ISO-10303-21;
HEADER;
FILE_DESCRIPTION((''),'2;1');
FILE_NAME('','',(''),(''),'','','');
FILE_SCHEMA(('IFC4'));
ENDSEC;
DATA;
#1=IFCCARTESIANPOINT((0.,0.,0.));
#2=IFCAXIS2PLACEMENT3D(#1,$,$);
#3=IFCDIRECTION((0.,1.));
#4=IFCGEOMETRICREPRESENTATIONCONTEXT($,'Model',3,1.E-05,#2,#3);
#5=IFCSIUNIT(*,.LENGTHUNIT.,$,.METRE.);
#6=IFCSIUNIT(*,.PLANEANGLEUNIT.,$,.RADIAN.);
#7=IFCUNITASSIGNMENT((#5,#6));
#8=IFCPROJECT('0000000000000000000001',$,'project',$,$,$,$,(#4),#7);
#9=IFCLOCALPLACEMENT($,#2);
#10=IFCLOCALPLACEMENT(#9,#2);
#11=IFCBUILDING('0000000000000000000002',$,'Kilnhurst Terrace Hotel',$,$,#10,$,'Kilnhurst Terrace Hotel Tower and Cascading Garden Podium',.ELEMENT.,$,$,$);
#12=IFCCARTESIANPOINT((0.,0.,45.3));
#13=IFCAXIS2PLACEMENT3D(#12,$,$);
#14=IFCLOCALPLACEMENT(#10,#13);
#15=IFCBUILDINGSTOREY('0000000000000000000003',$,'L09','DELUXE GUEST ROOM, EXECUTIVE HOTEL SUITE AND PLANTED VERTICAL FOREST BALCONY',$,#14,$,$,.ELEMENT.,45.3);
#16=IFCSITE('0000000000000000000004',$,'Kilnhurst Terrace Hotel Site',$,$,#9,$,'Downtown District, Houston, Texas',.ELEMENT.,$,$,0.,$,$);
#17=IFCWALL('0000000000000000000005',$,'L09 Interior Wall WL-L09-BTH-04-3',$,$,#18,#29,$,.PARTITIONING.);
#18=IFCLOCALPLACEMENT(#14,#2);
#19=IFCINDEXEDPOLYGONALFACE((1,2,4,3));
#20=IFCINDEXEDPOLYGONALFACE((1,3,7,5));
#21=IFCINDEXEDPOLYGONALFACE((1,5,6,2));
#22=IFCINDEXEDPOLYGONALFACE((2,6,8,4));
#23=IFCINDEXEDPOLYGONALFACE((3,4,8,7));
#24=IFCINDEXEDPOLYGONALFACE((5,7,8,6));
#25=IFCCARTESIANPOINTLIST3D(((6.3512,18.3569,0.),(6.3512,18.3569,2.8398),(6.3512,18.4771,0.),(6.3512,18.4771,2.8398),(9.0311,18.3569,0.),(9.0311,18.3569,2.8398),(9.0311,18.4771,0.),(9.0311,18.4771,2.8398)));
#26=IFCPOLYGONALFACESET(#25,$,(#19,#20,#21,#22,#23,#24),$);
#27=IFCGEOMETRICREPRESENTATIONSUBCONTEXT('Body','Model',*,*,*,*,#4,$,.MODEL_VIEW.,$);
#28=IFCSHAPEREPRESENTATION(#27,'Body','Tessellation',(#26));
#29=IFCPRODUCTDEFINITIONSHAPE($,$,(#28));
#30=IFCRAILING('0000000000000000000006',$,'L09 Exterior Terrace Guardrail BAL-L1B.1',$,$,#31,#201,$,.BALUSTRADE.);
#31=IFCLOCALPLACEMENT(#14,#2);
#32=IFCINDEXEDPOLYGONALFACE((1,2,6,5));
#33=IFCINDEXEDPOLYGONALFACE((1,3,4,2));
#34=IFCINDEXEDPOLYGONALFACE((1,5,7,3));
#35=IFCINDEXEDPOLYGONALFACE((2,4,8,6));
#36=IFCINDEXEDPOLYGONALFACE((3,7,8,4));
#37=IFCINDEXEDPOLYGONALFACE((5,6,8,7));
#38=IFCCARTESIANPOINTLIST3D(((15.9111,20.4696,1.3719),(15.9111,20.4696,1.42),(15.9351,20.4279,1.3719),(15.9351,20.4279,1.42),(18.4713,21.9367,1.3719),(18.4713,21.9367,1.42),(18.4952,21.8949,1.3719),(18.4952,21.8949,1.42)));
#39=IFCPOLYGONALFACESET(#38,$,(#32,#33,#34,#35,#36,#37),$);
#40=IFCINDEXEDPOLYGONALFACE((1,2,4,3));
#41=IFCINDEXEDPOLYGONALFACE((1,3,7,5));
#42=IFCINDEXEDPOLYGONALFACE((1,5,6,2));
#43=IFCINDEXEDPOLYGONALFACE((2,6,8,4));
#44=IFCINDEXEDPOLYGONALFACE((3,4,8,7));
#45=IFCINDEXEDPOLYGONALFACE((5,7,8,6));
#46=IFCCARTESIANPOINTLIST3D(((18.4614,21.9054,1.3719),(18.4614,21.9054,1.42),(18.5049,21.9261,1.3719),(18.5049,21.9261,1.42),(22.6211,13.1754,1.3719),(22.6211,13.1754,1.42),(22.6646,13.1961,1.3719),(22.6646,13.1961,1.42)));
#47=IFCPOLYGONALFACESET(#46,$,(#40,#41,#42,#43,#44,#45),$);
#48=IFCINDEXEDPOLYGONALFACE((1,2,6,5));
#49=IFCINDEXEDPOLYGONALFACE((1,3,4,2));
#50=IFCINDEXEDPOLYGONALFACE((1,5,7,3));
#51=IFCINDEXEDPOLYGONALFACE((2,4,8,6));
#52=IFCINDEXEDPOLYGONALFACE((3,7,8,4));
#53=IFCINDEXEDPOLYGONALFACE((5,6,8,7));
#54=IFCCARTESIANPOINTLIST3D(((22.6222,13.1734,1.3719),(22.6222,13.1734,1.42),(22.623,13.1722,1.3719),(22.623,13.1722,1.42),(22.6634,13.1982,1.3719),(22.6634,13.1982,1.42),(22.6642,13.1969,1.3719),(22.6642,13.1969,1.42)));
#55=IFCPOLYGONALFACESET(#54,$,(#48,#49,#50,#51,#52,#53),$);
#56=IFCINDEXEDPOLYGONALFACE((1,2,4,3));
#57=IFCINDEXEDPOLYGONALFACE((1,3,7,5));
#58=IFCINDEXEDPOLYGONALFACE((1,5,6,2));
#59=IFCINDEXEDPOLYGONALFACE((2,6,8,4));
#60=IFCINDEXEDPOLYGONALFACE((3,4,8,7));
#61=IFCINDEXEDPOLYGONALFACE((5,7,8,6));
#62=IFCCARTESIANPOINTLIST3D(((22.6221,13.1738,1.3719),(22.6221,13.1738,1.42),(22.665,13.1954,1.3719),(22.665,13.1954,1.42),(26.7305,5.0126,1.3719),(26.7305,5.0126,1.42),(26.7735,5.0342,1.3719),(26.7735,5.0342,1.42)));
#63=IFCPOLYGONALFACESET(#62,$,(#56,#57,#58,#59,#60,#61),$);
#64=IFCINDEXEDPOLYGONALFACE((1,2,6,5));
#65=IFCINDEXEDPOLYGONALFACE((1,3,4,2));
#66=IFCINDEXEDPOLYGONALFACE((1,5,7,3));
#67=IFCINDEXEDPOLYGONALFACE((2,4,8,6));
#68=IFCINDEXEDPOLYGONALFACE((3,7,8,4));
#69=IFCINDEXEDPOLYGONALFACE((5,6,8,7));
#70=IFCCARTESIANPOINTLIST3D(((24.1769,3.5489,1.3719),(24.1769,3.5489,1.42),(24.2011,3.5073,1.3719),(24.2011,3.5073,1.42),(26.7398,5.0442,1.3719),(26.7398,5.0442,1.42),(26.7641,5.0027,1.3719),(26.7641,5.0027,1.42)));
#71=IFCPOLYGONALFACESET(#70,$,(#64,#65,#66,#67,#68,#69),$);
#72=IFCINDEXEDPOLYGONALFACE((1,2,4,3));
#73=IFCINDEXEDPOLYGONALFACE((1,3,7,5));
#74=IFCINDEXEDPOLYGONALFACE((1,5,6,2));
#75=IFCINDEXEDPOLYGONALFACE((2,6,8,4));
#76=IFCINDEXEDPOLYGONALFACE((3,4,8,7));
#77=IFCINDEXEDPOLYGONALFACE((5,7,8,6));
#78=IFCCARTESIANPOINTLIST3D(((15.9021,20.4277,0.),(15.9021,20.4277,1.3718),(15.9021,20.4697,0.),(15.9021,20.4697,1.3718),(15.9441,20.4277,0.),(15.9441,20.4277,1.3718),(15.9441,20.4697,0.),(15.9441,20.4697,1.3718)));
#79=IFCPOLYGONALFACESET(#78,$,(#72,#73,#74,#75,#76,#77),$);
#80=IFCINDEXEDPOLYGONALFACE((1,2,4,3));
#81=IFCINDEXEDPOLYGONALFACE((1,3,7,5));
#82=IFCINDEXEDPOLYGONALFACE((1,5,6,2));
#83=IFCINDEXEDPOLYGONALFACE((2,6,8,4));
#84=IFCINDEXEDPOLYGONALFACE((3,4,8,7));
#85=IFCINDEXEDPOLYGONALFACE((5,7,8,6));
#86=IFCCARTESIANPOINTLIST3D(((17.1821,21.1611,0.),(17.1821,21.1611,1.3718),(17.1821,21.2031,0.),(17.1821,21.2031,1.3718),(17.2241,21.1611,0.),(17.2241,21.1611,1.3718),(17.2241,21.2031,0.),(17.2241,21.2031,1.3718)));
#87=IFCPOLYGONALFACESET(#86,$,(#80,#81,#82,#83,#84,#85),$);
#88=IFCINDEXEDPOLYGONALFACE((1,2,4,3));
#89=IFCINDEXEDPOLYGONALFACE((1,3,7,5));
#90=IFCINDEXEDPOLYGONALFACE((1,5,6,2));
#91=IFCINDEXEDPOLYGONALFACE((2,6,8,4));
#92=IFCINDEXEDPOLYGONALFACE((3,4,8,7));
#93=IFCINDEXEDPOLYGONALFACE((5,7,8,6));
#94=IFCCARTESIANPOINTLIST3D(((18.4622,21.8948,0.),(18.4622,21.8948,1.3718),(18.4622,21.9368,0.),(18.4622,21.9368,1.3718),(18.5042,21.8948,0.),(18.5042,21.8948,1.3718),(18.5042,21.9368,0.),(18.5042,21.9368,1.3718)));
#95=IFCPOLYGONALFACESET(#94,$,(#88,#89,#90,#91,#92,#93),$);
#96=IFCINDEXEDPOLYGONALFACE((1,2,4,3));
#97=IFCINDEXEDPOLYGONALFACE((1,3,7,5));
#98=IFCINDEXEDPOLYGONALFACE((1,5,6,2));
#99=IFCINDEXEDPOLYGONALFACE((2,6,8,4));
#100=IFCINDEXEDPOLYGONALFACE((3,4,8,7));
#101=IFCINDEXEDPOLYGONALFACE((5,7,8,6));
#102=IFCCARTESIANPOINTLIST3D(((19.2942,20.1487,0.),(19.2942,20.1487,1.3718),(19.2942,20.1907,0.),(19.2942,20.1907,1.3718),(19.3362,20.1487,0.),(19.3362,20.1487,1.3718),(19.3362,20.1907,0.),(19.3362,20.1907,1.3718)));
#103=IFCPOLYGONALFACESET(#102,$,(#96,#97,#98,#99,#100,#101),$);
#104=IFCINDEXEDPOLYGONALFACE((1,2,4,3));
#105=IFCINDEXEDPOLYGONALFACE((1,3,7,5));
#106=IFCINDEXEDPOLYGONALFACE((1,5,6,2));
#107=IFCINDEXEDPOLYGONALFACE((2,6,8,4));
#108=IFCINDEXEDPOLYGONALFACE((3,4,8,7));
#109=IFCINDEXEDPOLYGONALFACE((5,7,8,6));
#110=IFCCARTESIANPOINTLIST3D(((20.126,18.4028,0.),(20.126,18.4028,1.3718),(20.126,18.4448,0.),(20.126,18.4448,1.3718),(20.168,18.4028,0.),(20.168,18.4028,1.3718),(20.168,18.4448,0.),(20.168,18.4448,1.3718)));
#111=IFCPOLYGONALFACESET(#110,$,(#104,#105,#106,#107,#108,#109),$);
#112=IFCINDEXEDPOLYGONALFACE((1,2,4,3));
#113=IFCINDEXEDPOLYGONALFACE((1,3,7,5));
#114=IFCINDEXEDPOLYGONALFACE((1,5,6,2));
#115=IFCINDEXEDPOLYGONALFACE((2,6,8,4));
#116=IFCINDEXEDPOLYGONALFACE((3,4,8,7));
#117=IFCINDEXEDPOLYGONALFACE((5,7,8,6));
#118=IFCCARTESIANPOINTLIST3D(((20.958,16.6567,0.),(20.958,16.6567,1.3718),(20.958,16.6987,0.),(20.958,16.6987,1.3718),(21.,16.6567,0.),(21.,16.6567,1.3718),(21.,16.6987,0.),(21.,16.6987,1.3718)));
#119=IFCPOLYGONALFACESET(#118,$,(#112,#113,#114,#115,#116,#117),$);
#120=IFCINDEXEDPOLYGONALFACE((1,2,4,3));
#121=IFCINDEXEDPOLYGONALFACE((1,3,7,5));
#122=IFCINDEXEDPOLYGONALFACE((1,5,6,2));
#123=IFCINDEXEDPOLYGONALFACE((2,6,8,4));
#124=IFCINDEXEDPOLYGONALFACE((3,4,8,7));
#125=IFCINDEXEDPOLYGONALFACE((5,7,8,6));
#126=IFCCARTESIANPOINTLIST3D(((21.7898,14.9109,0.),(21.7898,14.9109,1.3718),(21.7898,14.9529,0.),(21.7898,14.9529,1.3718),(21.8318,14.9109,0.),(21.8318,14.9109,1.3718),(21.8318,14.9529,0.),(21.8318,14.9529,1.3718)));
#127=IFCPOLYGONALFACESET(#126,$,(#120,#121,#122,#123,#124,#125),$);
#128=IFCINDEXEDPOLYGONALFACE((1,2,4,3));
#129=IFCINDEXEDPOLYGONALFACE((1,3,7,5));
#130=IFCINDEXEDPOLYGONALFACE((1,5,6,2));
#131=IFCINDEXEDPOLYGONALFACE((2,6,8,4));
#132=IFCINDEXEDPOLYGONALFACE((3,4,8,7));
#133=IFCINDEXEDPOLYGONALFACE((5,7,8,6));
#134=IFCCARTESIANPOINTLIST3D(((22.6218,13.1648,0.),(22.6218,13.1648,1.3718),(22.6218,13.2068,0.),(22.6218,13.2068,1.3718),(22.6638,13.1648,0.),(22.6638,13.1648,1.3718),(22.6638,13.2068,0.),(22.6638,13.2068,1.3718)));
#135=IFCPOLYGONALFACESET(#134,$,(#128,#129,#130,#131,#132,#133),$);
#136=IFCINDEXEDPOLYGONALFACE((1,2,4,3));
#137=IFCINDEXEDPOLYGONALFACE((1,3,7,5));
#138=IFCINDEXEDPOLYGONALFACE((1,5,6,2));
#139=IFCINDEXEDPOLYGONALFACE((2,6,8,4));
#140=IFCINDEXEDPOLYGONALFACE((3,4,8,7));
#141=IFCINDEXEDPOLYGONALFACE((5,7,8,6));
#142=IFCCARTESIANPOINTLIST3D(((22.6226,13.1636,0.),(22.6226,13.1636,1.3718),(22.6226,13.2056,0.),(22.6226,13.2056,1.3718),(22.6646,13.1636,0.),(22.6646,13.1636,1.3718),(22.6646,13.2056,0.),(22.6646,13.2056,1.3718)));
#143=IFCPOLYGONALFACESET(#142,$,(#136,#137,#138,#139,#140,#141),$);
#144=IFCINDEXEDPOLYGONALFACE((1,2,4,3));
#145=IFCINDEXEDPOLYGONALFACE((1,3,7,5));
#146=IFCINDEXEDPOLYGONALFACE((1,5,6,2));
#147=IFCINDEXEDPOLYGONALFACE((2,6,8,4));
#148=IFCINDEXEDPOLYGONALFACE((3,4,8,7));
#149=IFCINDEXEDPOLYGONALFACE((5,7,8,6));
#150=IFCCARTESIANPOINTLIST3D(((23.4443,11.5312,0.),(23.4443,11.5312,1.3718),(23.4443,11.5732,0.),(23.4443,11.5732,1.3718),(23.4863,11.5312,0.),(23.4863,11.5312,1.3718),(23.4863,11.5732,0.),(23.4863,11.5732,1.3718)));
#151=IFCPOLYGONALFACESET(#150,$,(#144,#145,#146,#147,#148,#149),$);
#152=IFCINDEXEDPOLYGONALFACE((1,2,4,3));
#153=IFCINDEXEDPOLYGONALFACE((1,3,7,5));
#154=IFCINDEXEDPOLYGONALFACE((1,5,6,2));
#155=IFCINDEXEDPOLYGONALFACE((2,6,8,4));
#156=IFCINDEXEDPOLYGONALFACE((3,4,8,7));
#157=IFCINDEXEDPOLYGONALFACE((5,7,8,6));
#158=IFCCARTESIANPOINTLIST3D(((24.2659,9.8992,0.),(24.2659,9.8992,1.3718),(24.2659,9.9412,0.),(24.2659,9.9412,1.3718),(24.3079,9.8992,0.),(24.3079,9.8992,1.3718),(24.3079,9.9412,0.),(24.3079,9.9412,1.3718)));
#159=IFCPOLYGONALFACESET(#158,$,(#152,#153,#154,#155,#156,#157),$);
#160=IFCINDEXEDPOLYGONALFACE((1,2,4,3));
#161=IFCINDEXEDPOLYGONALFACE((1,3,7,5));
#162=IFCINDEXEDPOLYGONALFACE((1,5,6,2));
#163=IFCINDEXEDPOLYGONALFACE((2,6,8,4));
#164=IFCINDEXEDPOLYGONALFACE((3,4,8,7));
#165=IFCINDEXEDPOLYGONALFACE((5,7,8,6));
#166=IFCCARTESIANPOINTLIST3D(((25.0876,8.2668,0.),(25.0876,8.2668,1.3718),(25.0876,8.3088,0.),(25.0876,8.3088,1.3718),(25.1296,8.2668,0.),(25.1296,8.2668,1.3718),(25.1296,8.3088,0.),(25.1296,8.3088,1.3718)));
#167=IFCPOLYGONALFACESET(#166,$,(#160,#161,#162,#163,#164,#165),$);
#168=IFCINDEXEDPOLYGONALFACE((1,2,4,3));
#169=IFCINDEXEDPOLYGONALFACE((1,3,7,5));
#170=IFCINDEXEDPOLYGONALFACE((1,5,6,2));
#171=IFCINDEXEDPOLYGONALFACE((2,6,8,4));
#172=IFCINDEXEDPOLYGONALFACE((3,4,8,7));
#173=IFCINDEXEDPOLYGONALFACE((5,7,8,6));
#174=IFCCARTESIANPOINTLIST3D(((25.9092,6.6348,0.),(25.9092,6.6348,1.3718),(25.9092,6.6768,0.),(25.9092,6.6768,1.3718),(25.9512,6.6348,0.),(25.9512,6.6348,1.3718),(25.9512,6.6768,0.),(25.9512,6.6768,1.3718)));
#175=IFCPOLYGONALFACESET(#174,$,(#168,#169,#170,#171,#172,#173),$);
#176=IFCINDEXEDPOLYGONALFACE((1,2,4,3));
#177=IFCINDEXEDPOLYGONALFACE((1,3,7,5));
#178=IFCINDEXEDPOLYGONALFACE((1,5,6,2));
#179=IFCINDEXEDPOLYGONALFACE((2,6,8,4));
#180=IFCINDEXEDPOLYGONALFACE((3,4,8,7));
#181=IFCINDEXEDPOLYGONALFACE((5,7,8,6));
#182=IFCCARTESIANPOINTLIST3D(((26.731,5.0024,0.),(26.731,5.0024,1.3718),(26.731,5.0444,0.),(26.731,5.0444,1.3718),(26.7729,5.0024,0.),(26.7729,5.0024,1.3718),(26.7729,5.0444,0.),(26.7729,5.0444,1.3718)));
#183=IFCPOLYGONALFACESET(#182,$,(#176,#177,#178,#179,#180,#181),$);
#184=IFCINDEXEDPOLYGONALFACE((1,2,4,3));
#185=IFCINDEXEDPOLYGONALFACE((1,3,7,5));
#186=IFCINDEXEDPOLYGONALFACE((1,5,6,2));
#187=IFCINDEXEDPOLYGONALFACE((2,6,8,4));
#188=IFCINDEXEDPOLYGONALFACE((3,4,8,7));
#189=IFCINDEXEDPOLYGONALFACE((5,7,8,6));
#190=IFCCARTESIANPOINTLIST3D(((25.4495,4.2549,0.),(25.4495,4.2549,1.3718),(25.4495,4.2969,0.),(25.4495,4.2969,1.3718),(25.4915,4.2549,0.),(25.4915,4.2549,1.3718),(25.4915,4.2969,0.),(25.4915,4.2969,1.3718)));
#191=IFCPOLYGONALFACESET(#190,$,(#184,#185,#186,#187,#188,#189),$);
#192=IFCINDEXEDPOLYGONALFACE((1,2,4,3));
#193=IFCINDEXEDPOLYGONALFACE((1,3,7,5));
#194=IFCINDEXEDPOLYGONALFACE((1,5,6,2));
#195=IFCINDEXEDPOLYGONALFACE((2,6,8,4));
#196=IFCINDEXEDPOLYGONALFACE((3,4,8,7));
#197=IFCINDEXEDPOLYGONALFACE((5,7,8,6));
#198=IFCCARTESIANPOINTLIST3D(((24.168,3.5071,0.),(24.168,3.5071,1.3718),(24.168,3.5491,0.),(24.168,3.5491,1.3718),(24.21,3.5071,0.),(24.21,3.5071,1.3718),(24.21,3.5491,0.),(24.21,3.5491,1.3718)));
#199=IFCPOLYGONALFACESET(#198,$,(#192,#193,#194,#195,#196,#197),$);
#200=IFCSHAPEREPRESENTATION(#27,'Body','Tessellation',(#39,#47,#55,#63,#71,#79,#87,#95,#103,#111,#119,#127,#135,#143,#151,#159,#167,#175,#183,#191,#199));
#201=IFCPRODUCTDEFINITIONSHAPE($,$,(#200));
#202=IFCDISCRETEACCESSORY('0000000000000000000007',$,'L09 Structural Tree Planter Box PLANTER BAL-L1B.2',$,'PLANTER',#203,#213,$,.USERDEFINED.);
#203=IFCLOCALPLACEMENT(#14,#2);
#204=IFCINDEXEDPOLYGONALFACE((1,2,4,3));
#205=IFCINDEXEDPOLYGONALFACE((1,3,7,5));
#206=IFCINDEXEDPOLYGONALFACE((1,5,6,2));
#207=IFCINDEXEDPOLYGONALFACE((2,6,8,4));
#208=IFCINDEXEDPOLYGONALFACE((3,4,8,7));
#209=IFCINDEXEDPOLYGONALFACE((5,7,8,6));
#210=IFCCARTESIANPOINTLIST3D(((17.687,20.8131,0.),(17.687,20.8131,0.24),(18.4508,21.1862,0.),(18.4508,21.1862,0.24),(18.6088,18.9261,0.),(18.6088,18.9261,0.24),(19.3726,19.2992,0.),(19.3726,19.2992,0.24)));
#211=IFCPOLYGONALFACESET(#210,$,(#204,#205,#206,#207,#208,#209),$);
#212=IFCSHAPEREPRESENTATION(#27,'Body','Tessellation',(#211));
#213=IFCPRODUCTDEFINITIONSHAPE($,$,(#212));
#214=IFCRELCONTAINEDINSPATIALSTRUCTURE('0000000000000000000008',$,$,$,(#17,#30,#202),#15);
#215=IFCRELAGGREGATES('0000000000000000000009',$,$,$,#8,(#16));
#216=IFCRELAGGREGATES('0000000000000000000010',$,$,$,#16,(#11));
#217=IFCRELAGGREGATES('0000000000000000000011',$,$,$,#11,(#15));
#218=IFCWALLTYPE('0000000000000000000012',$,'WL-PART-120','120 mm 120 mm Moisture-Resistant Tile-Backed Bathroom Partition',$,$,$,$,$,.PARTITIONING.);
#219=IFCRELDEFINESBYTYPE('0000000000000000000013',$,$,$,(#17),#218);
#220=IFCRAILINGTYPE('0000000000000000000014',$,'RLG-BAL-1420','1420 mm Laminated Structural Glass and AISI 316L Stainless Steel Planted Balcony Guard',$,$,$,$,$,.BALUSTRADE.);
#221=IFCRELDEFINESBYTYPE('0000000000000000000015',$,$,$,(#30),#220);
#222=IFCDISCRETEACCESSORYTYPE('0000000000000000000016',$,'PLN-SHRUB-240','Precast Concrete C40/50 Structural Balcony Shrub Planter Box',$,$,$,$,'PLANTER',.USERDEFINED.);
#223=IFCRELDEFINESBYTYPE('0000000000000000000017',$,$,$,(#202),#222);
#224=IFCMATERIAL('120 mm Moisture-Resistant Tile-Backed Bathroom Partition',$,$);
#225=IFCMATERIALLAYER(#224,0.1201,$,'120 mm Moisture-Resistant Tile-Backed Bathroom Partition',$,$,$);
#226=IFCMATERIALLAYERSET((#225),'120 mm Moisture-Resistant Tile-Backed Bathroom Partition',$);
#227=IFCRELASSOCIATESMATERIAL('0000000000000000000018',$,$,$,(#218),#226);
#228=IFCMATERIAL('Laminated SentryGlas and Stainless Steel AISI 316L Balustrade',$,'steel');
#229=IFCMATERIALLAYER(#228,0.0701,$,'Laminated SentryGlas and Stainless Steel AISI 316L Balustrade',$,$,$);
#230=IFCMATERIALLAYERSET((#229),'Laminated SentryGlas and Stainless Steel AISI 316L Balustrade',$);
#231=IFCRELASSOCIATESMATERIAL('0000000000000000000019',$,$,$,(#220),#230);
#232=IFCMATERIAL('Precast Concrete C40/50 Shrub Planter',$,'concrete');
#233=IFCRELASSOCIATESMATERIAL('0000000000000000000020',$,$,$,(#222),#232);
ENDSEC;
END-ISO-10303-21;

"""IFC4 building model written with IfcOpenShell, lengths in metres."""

from ifc_helpers import new_model, si_unit, direction, frame, frame_2d, origin, origin_2d, place, context, subcontext, project, spatial, rectangle, extrude, material, layer, layer_set, type_object, element, save


model = new_model("IFC4")

# Units and contexts
model_context = context("Model", 3, precision=1e-05, world=origin(), true_north=direction((0.0, 1.0)))
body_context = subcontext(model_context, "Body", "Model", "MODEL_VIEW")
ifc_project = project(units=[si_unit("LENGTHUNIT", "METRE"), si_unit("PLANEANGLEUNIT", "RADIAN")], contexts=[model_context])

# Site, building, storey
site_placement = place(None, origin())
site = spatial("IfcSite", under=ifc_project, at=site_placement, Name="Kilnhurst Terrace Hotel Site", LongName="Downtown District, Houston, Texas", CompositionType="ELEMENT", RefElevation=0.0)
building_placement = place(site_placement, origin())
building = spatial("IfcBuilding", under=site, at=building_placement, Name="Kilnhurst Terrace Hotel", LongName="Kilnhurst Terrace Hotel Tower and Cascading Garden Podium", CompositionType="ELEMENT")
storey_placement = place(building_placement, frame((0.0, 0.0, 45.3)))
storey = spatial("IfcBuildingStorey", under=building, at=storey_placement, Name="L09", Description="DELUXE GUEST ROOM, EXECUTIVE HOTEL SUITE AND PLANTED VERTICAL FOREST BALCONY", CompositionType="ELEMENT", Elevation=45.3)

# Wall
ifc_material_1 = material(Name="120 mm Moisture-Resistant Tile-Backed Bathroom Partition")
ifc_layer_1 = layer(ifc_material_1, 0.1201, Name="120 mm Moisture-Resistant Tile-Backed Bathroom Partition")
ifc_layer_set_1 = layer_set([ifc_layer_1], Name="120 mm Moisture-Resistant Tile-Backed Bathroom Partition")
wall_type_1 = type_object("IfcWallType", Name="WL-PART-120", Description="120 mm 120 mm Moisture-Resistant Tile-Backed Bathroom Partition", PredefinedType="PARTITIONING", material=ifc_layer_set_1)
wall_1_placement = place(storey_placement, frame((9.031, 18.417, 0.0), z_axis=(0.0, 0.0, 1.0), x_axis=(-1.0, 0.0, 0.0)))
element("IfcWall", 1, at=wall_1_placement, inside=storey, type_object=wall_type_1, Name="L09 Interior Wall WL-L09-BTH-04-3", PredefinedType="PARTITIONING", context=body_context, shape_type="SweptSolid", body=[
    extrude(rectangle(XDim=2.6799, YDim=0.1201, at=frame_2d((1.3398, 0.0))), origin(), (0.0, 0.0, 1.0), 2.8398),
])

# Railing
ifc_material_2 = material(Name="Laminated SentryGlas and Stainless Steel AISI 316L Balustrade", Category="steel")
ifc_layer_2 = layer(ifc_material_2, 0.0701, Name="Laminated SentryGlas and Stainless Steel AISI 316L Balustrade")
ifc_layer_set_2 = layer_set([ifc_layer_2], Name="Laminated SentryGlas and Stainless Steel AISI 316L Balustrade")
railing_type = type_object("IfcRailingType", Name="RLG-BAL-1420", Description="1420 mm Laminated Structural Glass and AISI 316L Stainless Steel Planted Balcony Guard", PredefinedType="BALUSTRADE", material=ifc_layer_set_2)
railing_placement = place(storey_placement, frame((15.9231, 20.4487, 0.0)))
element("IfcRailing", 2, at=railing_placement, inside=storey, type_object=railing_type, Name="L09 Exterior Terrace Guardrail BAL-L1B.1", PredefinedType="BALUSTRADE", context=body_context, shape_type="SweptSolid", body=[
    extrude(rectangle(XDim=0.0481, YDim=0.0481, at=origin_2d()), frame((0.0, 0.0, 1.396), z_axis=(0.867637, 0.497199, 0.0), x_axis=(-0.497199, 0.867637, 0.0)), (0.0, 0.0, 1.0), 2.9507),
    extrude(rectangle(XDim=0.0481, YDim=0.0481, at=origin_2d()), frame((2.5601, 1.467, 1.396), z_axis=(0.430147, -0.902759, 0.0), x_axis=(0.902759, 0.430147, 0.0)), (0.0, 0.0, 1.0), 9.6704),
    extrude(rectangle(XDim=0.0481, YDim=0.0481, at=origin_2d()), frame((6.7197, -7.2629, 1.396), z_axis=(0.514496, -0.857493, 0.0), x_axis=(0.857493, 0.514496, 0.0)), (0.0, 0.0, 1.0), 0.0015),
    extrude(rectangle(XDim=0.0481, YDim=0.0481, at=origin_2d()), frame((6.7205, -7.2642, 1.396), z_axis=(0.449649, -0.893205, 0.0), x_axis=(0.893205, 0.449649, 0.0)), (0.0, 0.0, 1.0), 9.137),
    extrude(rectangle(XDim=0.0481, YDim=0.0481, at=origin_2d()), frame((10.8289, -15.4253, 1.396), z_axis=(-0.863737, -0.503943, 0.0), x_axis=(0.503943, -0.863737, 0.0)), (0.0, 0.0, 1.0), 2.9673),
    extrude(rectangle(XDim=0.042, YDim=0.042, at=origin_2d()), origin(), (0.0, 0.0, 1.0), 1.3718),
    extrude(rectangle(XDim=0.042, YDim=0.042, at=origin_2d()), frame((1.28, 0.7334, 0.0)), (0.0, 0.0, 1.0), 1.3718),
    extrude(rectangle(XDim=0.042, YDim=0.042, at=origin_2d()), frame((2.5601, 1.467, 0.0)), (0.0, 0.0, 1.0), 1.3718),
    extrude(rectangle(XDim=0.042, YDim=0.042, at=origin_2d()), frame((3.3921, -0.2791, 0.0)), (0.0, 0.0, 1.0), 1.3718),
    extrude(rectangle(XDim=0.042, YDim=0.042, at=origin_2d()), frame((4.2239, -2.0249, 0.0)), (0.0, 0.0, 1.0), 1.3718),
    extrude(rectangle(XDim=0.042, YDim=0.042, at=origin_2d()), frame((5.0559, -3.771, 0.0)), (0.0, 0.0, 1.0), 1.3718),
    extrude(rectangle(XDim=0.042, YDim=0.042, at=origin_2d()), frame((5.8877, -5.5168, 0.0)), (0.0, 0.0, 1.0), 1.3718),
    extrude(rectangle(XDim=0.042, YDim=0.042, at=origin_2d()), frame((6.7197, -7.2629, 0.0)), (0.0, 0.0, 1.0), 1.3718),
    extrude(rectangle(XDim=0.042, YDim=0.042, at=origin_2d()), frame((6.7205, -7.2642, 0.0)), (0.0, 0.0, 1.0), 1.3718),
    extrude(rectangle(XDim=0.042, YDim=0.042, at=origin_2d()), frame((7.5422, -8.8965, 0.0)), (0.0, 0.0, 1.0), 1.3718),
    extrude(rectangle(XDim=0.042, YDim=0.042, at=origin_2d()), frame((8.3638, -10.5286, 0.0)), (0.0, 0.0, 1.0), 1.3718),
    extrude(rectangle(XDim=0.042, YDim=0.042, at=origin_2d()), frame((9.1855, -12.1609, 0.0)), (0.0, 0.0, 1.0), 1.3718),
    extrude(rectangle(XDim=0.042, YDim=0.042, at=origin_2d()), frame((10.0071, -13.793, 0.0)), (0.0, 0.0, 1.0), 1.3718),
    extrude(rectangle(XDim=0.042, YDim=0.042, at=origin_2d()), frame((10.8289, -15.4253, 0.0)), (0.0, 0.0, 1.0), 1.3718),
    extrude(rectangle(XDim=0.042, YDim=0.042, at=origin_2d()), frame((9.5474, -16.1729, 0.0)), (0.0, 0.0, 1.0), 1.3718),
    extrude(rectangle(XDim=0.042, YDim=0.042, at=origin_2d()), frame((8.2659, -16.9207, 0.0)), (0.0, 0.0, 1.0), 1.3718),
])

# Discrete accessory
ifc_material_3 = material(Name="Precast Concrete C40/50 Shrub Planter", Category="concrete")
discrete_accessory_type = type_object("IfcDiscreteAccessoryType", Name="PLN-SHRUB-240", Description="Precast Concrete C40/50 Structural Balcony Shrub Planter Box", ElementType="PLANTER", PredefinedType="USERDEFINED", material=ifc_material_3)
discrete_accessory_placement = place(storey_placement, frame((18.5298, 20.0562, 0.0), z_axis=(0.0, 0.0, 1.0), x_axis=(-0.438936, 0.898518, 0.0)))
element("IfcDiscreteAccessory", 3, at=discrete_accessory_placement, inside=storey, type_object=discrete_accessory_type, Name="L09 Structural Tree Planter Box PLANTER BAL-L1B.2", ObjectType="PLANTER", PredefinedType="USERDEFINED", context=body_context, shape_type="SweptSolid", body=[
    extrude(rectangle(XDim=2.1001, YDim=0.8501, at=origin_2d()), origin(), (0.0, 0.0, 1.0), 0.24),
])

save(model, "model.ifc")
